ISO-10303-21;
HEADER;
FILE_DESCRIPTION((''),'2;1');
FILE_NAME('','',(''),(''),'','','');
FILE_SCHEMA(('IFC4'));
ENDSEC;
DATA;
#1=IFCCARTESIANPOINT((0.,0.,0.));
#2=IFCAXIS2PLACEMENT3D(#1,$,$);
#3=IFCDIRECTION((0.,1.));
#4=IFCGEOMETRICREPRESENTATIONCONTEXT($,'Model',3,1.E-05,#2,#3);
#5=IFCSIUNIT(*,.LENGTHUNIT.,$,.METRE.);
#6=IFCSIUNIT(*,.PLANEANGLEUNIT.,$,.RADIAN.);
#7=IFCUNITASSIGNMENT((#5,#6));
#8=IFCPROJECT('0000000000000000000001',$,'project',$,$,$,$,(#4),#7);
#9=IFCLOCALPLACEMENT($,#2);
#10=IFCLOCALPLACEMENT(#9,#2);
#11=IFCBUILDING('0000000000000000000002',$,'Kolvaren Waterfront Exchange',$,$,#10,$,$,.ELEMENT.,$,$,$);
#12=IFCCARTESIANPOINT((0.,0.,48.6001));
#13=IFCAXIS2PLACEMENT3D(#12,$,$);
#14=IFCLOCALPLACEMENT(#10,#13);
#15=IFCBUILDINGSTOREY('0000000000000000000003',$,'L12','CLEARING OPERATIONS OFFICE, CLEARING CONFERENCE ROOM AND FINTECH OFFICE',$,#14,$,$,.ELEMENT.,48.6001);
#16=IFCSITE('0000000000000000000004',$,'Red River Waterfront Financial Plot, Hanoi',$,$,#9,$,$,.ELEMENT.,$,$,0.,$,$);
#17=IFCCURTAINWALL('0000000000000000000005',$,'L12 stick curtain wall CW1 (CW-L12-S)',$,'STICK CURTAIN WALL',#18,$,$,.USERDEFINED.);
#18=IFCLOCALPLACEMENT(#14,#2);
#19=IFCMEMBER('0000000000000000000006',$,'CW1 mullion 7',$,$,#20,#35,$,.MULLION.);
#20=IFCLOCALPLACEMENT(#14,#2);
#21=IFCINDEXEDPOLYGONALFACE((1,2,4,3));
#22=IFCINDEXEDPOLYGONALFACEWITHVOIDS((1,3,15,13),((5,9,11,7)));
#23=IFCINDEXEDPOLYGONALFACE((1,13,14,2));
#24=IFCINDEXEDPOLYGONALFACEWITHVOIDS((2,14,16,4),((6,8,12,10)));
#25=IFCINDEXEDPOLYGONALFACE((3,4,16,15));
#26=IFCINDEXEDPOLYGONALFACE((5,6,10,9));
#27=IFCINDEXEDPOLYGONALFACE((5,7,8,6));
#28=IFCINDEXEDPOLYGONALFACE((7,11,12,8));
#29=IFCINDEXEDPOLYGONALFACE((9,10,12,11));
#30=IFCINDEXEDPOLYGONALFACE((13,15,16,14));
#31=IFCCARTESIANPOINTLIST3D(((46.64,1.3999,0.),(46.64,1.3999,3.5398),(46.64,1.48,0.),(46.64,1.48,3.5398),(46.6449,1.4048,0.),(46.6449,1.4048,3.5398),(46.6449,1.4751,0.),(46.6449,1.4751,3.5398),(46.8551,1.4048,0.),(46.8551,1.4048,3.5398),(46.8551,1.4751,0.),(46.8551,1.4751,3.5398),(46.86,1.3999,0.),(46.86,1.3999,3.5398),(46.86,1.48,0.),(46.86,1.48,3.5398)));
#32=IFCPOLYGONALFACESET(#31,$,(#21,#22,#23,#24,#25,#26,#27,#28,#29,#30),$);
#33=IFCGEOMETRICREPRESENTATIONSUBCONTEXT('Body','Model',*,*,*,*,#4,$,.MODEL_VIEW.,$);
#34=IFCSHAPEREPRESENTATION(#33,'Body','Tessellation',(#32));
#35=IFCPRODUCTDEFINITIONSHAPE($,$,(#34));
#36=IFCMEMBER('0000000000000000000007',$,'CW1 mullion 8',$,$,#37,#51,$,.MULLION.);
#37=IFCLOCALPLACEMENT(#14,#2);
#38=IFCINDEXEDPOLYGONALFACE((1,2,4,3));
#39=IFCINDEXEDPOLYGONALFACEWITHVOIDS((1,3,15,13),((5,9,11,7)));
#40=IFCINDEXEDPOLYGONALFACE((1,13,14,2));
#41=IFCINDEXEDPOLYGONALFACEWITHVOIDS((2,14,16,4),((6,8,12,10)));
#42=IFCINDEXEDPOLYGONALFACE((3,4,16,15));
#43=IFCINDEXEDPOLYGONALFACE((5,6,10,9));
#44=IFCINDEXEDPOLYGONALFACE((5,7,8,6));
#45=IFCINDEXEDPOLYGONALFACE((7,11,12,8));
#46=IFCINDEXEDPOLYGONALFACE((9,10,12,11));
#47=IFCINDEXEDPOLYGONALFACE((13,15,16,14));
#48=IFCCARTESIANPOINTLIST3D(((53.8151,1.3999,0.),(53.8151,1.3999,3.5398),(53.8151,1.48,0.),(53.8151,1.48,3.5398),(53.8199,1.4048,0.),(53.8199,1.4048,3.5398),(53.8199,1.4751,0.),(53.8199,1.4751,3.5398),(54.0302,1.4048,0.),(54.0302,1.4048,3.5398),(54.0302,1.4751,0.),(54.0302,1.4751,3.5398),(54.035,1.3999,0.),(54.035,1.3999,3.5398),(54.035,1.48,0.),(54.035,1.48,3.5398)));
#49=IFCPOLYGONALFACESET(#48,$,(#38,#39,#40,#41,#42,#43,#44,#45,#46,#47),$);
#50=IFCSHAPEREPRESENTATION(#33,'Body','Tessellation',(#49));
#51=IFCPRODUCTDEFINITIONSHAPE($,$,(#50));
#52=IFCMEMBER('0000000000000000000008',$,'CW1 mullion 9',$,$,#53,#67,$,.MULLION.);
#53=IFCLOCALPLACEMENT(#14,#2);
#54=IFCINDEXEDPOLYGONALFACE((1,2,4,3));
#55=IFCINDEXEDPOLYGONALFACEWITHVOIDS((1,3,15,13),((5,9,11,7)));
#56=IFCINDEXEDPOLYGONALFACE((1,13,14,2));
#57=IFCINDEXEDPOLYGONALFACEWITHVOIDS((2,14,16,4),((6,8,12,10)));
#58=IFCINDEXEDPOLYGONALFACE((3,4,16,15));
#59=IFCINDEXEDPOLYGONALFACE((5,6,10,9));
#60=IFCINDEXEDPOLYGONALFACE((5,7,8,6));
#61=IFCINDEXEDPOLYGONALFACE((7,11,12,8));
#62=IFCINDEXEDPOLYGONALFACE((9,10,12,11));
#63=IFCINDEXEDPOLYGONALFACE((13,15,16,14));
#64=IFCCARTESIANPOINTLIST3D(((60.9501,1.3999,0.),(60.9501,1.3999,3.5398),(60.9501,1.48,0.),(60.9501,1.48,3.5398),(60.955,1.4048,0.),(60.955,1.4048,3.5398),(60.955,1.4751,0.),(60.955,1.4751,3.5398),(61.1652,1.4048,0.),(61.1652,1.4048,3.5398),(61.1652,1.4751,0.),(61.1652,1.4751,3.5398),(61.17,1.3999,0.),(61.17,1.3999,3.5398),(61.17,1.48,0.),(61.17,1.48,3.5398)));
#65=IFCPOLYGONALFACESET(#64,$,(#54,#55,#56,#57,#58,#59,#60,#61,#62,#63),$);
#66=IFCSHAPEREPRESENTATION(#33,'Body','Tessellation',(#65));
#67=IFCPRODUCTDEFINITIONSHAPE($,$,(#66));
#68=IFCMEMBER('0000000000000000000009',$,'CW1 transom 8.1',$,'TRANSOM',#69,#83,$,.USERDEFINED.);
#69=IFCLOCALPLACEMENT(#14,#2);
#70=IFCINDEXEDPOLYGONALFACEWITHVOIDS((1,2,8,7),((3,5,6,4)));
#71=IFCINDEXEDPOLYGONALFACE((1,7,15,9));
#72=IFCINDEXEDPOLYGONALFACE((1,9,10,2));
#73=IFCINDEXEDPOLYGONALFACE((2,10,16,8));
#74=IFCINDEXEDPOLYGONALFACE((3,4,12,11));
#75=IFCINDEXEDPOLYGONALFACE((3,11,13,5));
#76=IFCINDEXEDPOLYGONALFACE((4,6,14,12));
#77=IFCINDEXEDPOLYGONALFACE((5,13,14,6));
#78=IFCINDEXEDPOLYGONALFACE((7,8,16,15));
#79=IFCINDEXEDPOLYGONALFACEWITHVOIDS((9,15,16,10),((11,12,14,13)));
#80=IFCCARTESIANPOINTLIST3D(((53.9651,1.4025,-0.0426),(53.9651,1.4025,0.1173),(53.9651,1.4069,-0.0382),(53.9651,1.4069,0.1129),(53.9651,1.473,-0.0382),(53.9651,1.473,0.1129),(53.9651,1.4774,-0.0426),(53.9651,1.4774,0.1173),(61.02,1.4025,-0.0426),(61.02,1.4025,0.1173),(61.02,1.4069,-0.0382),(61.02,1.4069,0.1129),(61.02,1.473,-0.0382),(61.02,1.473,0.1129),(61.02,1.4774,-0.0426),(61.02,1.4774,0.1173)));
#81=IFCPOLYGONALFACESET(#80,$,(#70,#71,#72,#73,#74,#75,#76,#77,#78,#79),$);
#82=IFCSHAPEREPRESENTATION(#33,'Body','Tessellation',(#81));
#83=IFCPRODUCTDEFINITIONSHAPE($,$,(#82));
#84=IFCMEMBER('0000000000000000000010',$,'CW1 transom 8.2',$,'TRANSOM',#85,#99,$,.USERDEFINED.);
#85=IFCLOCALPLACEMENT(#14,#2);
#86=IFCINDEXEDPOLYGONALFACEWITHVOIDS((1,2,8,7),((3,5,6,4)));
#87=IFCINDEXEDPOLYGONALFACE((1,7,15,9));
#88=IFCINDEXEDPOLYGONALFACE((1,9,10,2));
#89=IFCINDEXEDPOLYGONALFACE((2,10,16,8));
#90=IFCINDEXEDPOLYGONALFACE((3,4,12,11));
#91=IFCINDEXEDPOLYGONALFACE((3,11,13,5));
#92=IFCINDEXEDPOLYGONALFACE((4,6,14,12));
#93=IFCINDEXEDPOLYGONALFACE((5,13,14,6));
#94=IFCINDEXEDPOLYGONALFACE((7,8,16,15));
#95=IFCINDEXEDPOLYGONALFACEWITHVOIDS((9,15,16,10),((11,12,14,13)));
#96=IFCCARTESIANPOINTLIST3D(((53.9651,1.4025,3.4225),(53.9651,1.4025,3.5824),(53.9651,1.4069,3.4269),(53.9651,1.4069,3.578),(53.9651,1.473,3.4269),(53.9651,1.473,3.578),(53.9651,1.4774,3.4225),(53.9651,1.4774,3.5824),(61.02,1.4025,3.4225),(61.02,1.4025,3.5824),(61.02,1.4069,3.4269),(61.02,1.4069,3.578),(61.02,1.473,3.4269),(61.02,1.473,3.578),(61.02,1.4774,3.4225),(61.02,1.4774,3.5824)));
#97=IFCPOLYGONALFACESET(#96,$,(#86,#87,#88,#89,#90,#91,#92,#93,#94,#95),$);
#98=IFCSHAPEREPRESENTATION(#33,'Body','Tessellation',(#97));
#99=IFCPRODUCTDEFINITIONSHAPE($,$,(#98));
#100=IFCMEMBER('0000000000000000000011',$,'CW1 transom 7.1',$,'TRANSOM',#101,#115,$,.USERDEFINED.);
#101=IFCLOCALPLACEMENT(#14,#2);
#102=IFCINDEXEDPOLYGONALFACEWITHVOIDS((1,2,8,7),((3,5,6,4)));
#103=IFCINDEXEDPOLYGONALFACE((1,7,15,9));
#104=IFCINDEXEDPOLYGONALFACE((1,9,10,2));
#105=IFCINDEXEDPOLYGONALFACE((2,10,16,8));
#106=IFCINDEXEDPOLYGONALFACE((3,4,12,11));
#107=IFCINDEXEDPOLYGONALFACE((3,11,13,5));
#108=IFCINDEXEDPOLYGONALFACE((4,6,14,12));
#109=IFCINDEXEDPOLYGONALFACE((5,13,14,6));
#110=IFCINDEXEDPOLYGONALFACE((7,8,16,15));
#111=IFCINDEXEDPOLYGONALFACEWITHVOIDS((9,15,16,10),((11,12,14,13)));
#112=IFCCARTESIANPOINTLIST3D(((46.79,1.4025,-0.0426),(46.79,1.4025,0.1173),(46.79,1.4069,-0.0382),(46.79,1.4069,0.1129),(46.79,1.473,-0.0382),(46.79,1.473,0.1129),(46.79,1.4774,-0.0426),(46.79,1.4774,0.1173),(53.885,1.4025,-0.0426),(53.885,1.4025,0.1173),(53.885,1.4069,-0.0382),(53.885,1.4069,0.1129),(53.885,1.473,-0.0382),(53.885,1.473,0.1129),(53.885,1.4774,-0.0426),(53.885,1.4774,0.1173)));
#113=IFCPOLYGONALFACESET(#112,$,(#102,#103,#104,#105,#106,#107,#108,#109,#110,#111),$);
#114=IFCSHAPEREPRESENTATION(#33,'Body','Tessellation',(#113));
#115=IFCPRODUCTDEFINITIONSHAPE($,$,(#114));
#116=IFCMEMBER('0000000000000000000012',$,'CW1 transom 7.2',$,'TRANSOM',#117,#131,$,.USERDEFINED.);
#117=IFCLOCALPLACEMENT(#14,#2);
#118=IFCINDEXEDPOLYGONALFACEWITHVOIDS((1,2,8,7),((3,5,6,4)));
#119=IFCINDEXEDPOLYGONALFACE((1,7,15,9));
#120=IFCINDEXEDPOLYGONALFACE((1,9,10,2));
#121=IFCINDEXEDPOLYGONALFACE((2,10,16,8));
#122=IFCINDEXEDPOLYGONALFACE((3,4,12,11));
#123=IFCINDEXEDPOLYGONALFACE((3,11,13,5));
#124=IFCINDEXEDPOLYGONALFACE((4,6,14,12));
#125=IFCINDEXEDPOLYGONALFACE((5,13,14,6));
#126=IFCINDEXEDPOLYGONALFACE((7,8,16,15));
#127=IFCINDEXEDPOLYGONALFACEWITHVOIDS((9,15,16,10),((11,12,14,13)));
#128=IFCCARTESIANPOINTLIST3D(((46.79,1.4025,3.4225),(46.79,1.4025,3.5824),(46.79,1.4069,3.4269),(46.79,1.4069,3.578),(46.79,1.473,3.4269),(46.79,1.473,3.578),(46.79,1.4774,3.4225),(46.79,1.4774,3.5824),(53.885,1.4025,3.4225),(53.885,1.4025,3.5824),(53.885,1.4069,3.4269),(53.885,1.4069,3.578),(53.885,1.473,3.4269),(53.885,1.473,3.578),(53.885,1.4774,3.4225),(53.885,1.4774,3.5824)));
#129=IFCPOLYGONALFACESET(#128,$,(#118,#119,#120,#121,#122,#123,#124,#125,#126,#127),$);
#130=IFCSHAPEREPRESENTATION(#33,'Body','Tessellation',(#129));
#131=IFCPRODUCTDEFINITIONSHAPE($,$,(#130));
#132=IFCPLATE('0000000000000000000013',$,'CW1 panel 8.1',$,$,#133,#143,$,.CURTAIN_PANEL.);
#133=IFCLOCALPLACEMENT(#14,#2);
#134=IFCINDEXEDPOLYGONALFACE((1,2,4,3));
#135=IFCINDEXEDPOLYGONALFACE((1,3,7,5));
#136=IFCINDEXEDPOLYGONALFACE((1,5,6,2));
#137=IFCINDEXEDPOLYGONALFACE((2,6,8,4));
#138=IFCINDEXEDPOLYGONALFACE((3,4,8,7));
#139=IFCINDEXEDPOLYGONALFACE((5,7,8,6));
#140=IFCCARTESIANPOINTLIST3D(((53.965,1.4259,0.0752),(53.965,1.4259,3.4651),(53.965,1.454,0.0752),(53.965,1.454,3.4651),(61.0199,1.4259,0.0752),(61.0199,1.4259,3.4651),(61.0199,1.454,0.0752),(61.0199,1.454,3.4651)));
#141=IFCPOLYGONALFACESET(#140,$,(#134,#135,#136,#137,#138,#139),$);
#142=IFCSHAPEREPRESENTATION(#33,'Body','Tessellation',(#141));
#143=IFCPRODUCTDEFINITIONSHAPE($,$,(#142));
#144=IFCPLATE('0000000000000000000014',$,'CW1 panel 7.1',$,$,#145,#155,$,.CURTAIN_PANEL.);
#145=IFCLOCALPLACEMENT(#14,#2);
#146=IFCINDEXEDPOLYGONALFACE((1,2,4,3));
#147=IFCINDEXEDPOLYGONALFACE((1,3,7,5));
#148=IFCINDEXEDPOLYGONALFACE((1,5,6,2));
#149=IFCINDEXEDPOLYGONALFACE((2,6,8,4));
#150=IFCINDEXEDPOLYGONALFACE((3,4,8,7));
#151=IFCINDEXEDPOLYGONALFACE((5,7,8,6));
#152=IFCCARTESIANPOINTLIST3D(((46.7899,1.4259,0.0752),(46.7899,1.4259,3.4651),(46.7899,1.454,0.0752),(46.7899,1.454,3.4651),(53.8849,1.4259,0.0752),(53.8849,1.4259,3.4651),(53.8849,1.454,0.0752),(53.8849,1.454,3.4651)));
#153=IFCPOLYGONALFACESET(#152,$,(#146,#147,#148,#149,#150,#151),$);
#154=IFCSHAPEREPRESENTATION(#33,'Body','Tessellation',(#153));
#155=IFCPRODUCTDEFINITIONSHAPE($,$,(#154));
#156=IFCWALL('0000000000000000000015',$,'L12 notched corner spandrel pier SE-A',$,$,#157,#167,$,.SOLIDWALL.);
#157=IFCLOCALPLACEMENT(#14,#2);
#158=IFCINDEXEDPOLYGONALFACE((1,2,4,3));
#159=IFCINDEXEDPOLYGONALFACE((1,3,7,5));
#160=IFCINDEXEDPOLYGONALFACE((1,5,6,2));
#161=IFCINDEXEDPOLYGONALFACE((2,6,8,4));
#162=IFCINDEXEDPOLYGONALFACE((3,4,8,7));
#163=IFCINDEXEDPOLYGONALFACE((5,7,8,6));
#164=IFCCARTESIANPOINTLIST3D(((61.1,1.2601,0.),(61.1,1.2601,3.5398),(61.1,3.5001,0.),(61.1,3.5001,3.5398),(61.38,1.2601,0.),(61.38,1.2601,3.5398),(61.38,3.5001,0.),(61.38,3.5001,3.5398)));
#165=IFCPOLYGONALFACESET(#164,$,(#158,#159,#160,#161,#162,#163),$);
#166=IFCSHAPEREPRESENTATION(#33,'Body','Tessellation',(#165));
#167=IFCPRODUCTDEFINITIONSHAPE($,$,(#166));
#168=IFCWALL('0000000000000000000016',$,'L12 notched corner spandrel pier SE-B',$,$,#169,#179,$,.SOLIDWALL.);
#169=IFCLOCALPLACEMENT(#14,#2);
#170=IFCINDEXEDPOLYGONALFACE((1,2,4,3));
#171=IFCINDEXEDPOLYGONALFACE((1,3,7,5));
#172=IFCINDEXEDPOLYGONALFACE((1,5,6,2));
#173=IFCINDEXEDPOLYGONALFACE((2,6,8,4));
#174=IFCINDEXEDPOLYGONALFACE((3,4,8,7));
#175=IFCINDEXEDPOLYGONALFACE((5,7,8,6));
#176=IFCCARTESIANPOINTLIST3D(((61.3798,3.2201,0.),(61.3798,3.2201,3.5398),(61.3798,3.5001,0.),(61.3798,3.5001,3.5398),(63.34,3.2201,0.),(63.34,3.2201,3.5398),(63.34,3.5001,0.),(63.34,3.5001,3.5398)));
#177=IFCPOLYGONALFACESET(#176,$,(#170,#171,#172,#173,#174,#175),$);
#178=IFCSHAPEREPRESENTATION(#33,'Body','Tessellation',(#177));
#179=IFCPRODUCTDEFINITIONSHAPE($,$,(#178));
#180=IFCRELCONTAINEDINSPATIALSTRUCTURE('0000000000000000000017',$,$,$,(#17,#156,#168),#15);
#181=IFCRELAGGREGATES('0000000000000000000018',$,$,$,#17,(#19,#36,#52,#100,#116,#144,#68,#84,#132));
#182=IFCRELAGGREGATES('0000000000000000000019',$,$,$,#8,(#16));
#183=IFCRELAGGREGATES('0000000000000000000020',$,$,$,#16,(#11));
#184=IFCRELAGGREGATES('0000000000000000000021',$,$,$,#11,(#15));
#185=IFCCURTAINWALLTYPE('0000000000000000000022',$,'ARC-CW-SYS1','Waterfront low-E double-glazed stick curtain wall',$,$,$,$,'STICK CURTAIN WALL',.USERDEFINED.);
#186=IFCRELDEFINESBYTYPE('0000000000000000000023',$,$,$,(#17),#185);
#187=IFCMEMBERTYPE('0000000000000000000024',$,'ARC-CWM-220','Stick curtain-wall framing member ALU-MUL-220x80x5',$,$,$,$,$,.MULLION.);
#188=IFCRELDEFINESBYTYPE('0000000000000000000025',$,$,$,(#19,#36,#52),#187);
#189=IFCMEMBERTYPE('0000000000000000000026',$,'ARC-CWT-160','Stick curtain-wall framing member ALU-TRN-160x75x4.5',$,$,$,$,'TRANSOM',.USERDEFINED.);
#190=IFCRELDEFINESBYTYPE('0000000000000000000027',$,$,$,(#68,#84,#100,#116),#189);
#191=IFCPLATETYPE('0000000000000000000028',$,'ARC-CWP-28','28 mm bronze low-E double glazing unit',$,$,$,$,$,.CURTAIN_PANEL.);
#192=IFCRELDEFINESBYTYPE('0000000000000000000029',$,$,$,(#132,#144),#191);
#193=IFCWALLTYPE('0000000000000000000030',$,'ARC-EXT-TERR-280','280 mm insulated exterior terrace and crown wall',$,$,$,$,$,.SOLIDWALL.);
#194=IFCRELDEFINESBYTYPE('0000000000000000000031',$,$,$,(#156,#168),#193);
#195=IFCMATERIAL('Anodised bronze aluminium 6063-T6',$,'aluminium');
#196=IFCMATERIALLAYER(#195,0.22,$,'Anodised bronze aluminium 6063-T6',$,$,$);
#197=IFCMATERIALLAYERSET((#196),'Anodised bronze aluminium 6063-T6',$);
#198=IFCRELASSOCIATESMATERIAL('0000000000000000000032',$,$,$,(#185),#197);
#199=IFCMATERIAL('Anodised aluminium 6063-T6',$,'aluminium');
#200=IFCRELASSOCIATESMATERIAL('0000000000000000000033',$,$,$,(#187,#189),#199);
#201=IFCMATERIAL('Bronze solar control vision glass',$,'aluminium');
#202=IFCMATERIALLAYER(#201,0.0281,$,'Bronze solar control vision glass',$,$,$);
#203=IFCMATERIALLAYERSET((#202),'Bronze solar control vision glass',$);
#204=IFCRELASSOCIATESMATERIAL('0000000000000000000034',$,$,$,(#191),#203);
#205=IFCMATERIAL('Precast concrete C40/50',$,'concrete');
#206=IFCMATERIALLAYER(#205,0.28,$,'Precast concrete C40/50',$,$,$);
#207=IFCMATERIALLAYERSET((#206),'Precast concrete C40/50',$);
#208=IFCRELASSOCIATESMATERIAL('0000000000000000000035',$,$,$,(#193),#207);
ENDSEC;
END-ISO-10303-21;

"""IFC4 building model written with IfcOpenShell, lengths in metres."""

from ifc_helpers import new_model, si_unit, direction, frame, frame_2d, origin, origin_with_axes, origin_2d, place, context, subcontext, project, spatial, rectangle, hollow_rectangle, extrude, source, transform, mapped, material, layer, layer_set, material_profile, profile_set, type_object, element, aggregate, save


model = new_model("IFC4")

# Units and contexts
model_context = context("Model", 3, precision=1e-05, world=origin(), true_north=direction((0.0, 1.0)))
body_context = subcontext(model_context, "Body", "Model", "MODEL_VIEW")
ifc_project = project(units=[si_unit("LENGTHUNIT", "METRE"), si_unit("PLANEANGLEUNIT", "RADIAN")], contexts=[model_context])

# Site, building, storey
site_placement = place(None, origin())
site = spatial("IfcSite", under=ifc_project, at=site_placement, Name="Red River Waterfront Financial Plot, Hanoi", CompositionType="ELEMENT", RefElevation=0.0)
building_placement = place(site_placement, origin())
building = spatial("IfcBuilding", under=site, at=building_placement, Name="Kolvaren Waterfront Exchange", CompositionType="ELEMENT")
storey_placement = place(building_placement, frame((0.0, 0.0, 48.6001)))
storey = spatial("IfcBuildingStorey", under=building, at=storey_placement, Name="L12", Description="CLEARING OPERATIONS OFFICE, CLEARING CONFERENCE ROOM AND FINTECH OFFICE", CompositionType="ELEMENT", Elevation=48.6001)

# Curtain wall, members, plates
ifc_material_1 = material(Name="Anodised bronze aluminium 6063-T6", Category="aluminium")
ifc_layer_1 = layer(ifc_material_1, 0.22, Name="Anodised bronze aluminium 6063-T6")
ifc_layer_set_1 = layer_set([ifc_layer_1], Name="Anodised bronze aluminium 6063-T6")
curtain_wall_type = type_object("IfcCurtainWallType", Name="ARC-CW-SYS1", Description="Waterfront low-E double-glazed stick curtain wall", ElementType="STICK CURTAIN WALL", PredefinedType="USERDEFINED", material=ifc_layer_set_1)
curtain_wall_placement = place(storey_placement, origin())
curtain_wall = element("IfcCurtainWall", 1, at=curtain_wall_placement, inside=storey, type_object=curtain_wall_type, Name="L12 stick curtain wall CW1 (CW-L12-S)", ObjectType="STICK CURTAIN WALL", PredefinedType="USERDEFINED")
ifc_material_2 = material(Name="Anodised aluminium 6063-T6", Category="aluminium")
ifc_material_profile_1 = material_profile(ifc_material_2, hollow_rectangle(XDim=0.0801, YDim=0.22, WallThickness=0.0049, at=origin_2d()), Name="ALU-MUL-220x80x5")
ifc_profile_set_1 = profile_set([ifc_material_profile_1], Name="Anodised aluminium 6063-T6")
member_type_1 = type_object("IfcMemberType", Name="ARC-CWM-220", Description="Stick curtain-wall framing member ALU-MUL-220x80x5", PredefinedType="MULLION", material=ifc_profile_set_1)
shared_shape_1 = source(origin_with_axes(), body_context, "Body", "SweptSolid", [
    extrude(hollow_rectangle(XDim=0.0801, YDim=0.22, WallThickness=0.0049, at=origin_2d()), origin(), (0.0, 0.0, 1.0), 3.5398),
])
member_1_placement = place(storey_placement, frame((46.75, 1.4399, 0.0), z_axis=(0.0, 0.0, 1.0), x_axis=(0.0, 1.0, 0.0)))
member_1 = element("IfcMember", 2, at=member_1_placement, type_object=member_type_1, Name="CW1 mullion 7", PredefinedType="MULLION", context=body_context, shape_type="MappedRepresentation", body=[
    mapped(shared_shape_1, transform((0.0, 0.0, 0.0), x_axis=(1.0, 0.0, 0.0), y_axis=(0.0, 1.0, 0.0), z_axis=(0.0, 0.0, 1.0), scale=1.0)),
])
member_2_placement = place(storey_placement, frame((53.925, 1.4399, 0.0), z_axis=(0.0, 0.0, 1.0), x_axis=(0.0, 1.0, 0.0)))
member_2 = element("IfcMember", 3, at=member_2_placement, type_object=member_type_1, Name="CW1 mullion 8", PredefinedType="MULLION", context=body_context, shape_type="MappedRepresentation", body=[
    mapped(shared_shape_1, transform((0.0, 0.0, 0.0), x_axis=(1.0, 0.0, 0.0), y_axis=(0.0, 1.0, 0.0), z_axis=(0.0, 0.0, 1.0), scale=1.0)),
])
member_3_placement = place(storey_placement, frame((61.0601, 1.4399, 0.0), z_axis=(0.0, 0.0, 1.0), x_axis=(0.0, 1.0, 0.0)))
member_3 = element("IfcMember", 4, at=member_3_placement, type_object=member_type_1, Name="CW1 mullion 9", PredefinedType="MULLION", context=body_context, shape_type="MappedRepresentation", body=[
    mapped(shared_shape_1, transform((0.0, 0.0, 0.0), x_axis=(1.0, 0.0, 0.0), y_axis=(0.0, 1.0, 0.0), z_axis=(0.0, 0.0, 1.0), scale=1.0)),
])
ifc_material_profile_2 = material_profile(ifc_material_2, hollow_rectangle(XDim=0.075, YDim=0.1599, WallThickness=0.0044, at=origin_2d()), Name="ALU-TRN-160x75x4.5")
ifc_profile_set_2 = profile_set([ifc_material_profile_2], Name="Anodised aluminium 6063-T6")
member_type_2 = type_object("IfcMemberType", Name="ARC-CWT-160", Description="Stick curtain-wall framing member ALU-TRN-160x75x4.5", ElementType="TRANSOM", PredefinedType="USERDEFINED", material=ifc_profile_set_2)
shared_shape_2 = source(origin_with_axes(), body_context, "Body", "SweptSolid", [
    extrude(hollow_rectangle(XDim=0.075, YDim=0.1599, WallThickness=0.0044, at=origin_2d()), origin(), (0.0, 0.0, 1.0), 7.0549),
])
member_4_placement = place(storey_placement, frame((53.9651, 1.4399, 0.0374), z_axis=(1.0, 0.0, 0.0), x_axis=(0.0, 1.0, 0.0)))
member_4 = element("IfcMember", 5, at=member_4_placement, type_object=member_type_2, Name="CW1 transom 8.1", ObjectType="TRANSOM", PredefinedType="USERDEFINED", context=body_context, shape_type="MappedRepresentation", body=[
    mapped(shared_shape_2, transform((0.0, 0.0, 0.0), x_axis=(1.0, 0.0, 0.0), y_axis=(0.0, 1.0, 0.0), z_axis=(0.0, 0.0, 1.0), scale=1.0)),
])
member_5_placement = place(storey_placement, frame((53.9651, 1.4399, 3.5024), z_axis=(1.0, 0.0, 0.0), x_axis=(0.0, 1.0, 0.0)))
member_5 = element("IfcMember", 6, at=member_5_placement, type_object=member_type_2, Name="CW1 transom 8.2", ObjectType="TRANSOM", PredefinedType="USERDEFINED", context=body_context, shape_type="MappedRepresentation", body=[
    mapped(shared_shape_2, transform((0.0, 0.0, 0.0), x_axis=(1.0, 0.0, 0.0), y_axis=(0.0, 1.0, 0.0), z_axis=(0.0, 0.0, 1.0), scale=1.0)),
])
shared_shape_3 = source(origin_with_axes(), body_context, "Body", "SweptSolid", [
    extrude(hollow_rectangle(XDim=0.075, YDim=0.1599, WallThickness=0.0044, at=origin_2d()), origin(), (0.0, 0.0, 1.0), 7.095),
])
member_6_placement = place(storey_placement, frame((46.79, 1.4399, 0.0374), z_axis=(1.0, 0.0, 0.0), x_axis=(0.0, 1.0, 0.0)))
member_6 = element("IfcMember", 7, at=member_6_placement, type_object=member_type_2, Name="CW1 transom 7.1", ObjectType="TRANSOM", PredefinedType="USERDEFINED", context=body_context, shape_type="MappedRepresentation", body=[
    mapped(shared_shape_3, transform((0.0, 0.0, 0.0), x_axis=(1.0, 0.0, 0.0), y_axis=(0.0, 1.0, 0.0), z_axis=(0.0, 0.0, 1.0), scale=1.0)),
])
member_7_placement = place(storey_placement, frame((46.79, 1.4399, 3.5024), z_axis=(1.0, 0.0, 0.0), x_axis=(0.0, 1.0, 0.0)))
member_7 = element("IfcMember", 8, at=member_7_placement, type_object=member_type_2, Name="CW1 transom 7.2", ObjectType="TRANSOM", PredefinedType="USERDEFINED", context=body_context, shape_type="MappedRepresentation", body=[
    mapped(shared_shape_3, transform((0.0, 0.0, 0.0), x_axis=(1.0, 0.0, 0.0), y_axis=(0.0, 1.0, 0.0), z_axis=(0.0, 0.0, 1.0), scale=1.0)),
])
ifc_material_3 = material(Name="Bronze solar control vision glass", Category="aluminium")
ifc_layer_2 = layer(ifc_material_3, 0.0281, Name="Bronze solar control vision glass")
ifc_layer_set_2 = layer_set([ifc_layer_2], Name="Bronze solar control vision glass")
plate_type = type_object("IfcPlateType", Name="ARC-CWP-28", Description="28 mm bronze low-E double glazing unit", PredefinedType="CURTAIN_PANEL", material=ifc_layer_set_2)
shared_shape_4 = source(origin_with_axes(), body_context, "Body", "SweptSolid", [
    extrude(rectangle(XDim=7.0549, YDim=0.0281, at=origin_2d()), origin(), (0.0, 0.0, 1.0), 3.3899),
])
plate_1_placement = place(storey_placement, frame((57.4924, 1.4399, 0.0752), z_axis=(0.0, 0.0, 1.0), x_axis=(1.0, 0.0, 0.0)))
plate_1 = element("IfcPlate", 9, at=plate_1_placement, type_object=plate_type, Name="CW1 panel 8.1", PredefinedType="CURTAIN_PANEL", context=body_context, shape_type="MappedRepresentation", body=[
    mapped(shared_shape_4, transform((0.0, 0.0, 0.0), x_axis=(1.0, 0.0, 0.0), y_axis=(0.0, 1.0, 0.0), z_axis=(0.0, 0.0, 1.0), scale=1.0)),
])
shared_shape_5 = source(origin_with_axes(), body_context, "Body", "SweptSolid", [
    extrude(rectangle(XDim=7.095, YDim=0.0281, at=origin_2d()), origin(), (0.0, 0.0, 1.0), 3.3899),
])
plate_2_placement = place(storey_placement, frame((50.3374, 1.4399, 0.0752), z_axis=(0.0, 0.0, 1.0), x_axis=(1.0, 0.0, 0.0)))
plate_2 = element("IfcPlate", 10, at=plate_2_placement, type_object=plate_type, Name="CW1 panel 7.1", PredefinedType="CURTAIN_PANEL", context=body_context, shape_type="MappedRepresentation", body=[
    mapped(shared_shape_5, transform((0.0, 0.0, 0.0), x_axis=(1.0, 0.0, 0.0), y_axis=(0.0, 1.0, 0.0), z_axis=(0.0, 0.0, 1.0), scale=1.0)),
])
aggregate(curtain_wall, [member_1, member_2, member_3, member_6, member_7, plate_2, member_4, member_5, plate_1])

# Walls
ifc_material_4 = material(Name="Precast concrete C40/50", Category="concrete")
ifc_layer_3 = layer(ifc_material_4, 0.28, Name="Precast concrete C40/50")
ifc_layer_set_3 = layer_set([ifc_layer_3], Name="Precast concrete C40/50")
wall_type_1 = type_object("IfcWallType", Name="ARC-EXT-TERR-280", Description="280 mm insulated exterior terrace and crown wall", PredefinedType="SOLIDWALL", material=ifc_layer_set_3)
wall_1_placement = place(storey_placement, frame((61.24, 1.26, 0.0), z_axis=(0.0, 0.0, 1.0), x_axis=(0.0, 1.0, 0.0)))
element("IfcWall", 11, at=wall_1_placement, inside=storey, type_object=wall_type_1, Name="L12 notched corner spandrel pier SE-A", PredefinedType="SOLIDWALL", context=body_context, shape_type="SweptSolid", body=[
    extrude(rectangle(XDim=2.24, YDim=0.28, at=frame_2d((1.1201, 0.0))), origin(), (0.0, 0.0, 1.0), 3.5398),
])
wall_2_placement = place(storey_placement, frame((61.3799, 3.3601, 0.0), z_axis=(0.0, 0.0, 1.0), x_axis=(1.0, 0.0, 0.0)))
element("IfcWall", 12, at=wall_2_placement, inside=storey, type_object=wall_type_1, Name="L12 notched corner spandrel pier SE-B", PredefinedType="SOLIDWALL", context=body_context, shape_type="SweptSolid", body=[
    extrude(rectangle(XDim=1.9602, YDim=0.28, at=frame_2d((0.98, 0.0))), origin(), (0.0, 0.0, 1.0), 3.5398),
])

save(model, "model.ifc")
